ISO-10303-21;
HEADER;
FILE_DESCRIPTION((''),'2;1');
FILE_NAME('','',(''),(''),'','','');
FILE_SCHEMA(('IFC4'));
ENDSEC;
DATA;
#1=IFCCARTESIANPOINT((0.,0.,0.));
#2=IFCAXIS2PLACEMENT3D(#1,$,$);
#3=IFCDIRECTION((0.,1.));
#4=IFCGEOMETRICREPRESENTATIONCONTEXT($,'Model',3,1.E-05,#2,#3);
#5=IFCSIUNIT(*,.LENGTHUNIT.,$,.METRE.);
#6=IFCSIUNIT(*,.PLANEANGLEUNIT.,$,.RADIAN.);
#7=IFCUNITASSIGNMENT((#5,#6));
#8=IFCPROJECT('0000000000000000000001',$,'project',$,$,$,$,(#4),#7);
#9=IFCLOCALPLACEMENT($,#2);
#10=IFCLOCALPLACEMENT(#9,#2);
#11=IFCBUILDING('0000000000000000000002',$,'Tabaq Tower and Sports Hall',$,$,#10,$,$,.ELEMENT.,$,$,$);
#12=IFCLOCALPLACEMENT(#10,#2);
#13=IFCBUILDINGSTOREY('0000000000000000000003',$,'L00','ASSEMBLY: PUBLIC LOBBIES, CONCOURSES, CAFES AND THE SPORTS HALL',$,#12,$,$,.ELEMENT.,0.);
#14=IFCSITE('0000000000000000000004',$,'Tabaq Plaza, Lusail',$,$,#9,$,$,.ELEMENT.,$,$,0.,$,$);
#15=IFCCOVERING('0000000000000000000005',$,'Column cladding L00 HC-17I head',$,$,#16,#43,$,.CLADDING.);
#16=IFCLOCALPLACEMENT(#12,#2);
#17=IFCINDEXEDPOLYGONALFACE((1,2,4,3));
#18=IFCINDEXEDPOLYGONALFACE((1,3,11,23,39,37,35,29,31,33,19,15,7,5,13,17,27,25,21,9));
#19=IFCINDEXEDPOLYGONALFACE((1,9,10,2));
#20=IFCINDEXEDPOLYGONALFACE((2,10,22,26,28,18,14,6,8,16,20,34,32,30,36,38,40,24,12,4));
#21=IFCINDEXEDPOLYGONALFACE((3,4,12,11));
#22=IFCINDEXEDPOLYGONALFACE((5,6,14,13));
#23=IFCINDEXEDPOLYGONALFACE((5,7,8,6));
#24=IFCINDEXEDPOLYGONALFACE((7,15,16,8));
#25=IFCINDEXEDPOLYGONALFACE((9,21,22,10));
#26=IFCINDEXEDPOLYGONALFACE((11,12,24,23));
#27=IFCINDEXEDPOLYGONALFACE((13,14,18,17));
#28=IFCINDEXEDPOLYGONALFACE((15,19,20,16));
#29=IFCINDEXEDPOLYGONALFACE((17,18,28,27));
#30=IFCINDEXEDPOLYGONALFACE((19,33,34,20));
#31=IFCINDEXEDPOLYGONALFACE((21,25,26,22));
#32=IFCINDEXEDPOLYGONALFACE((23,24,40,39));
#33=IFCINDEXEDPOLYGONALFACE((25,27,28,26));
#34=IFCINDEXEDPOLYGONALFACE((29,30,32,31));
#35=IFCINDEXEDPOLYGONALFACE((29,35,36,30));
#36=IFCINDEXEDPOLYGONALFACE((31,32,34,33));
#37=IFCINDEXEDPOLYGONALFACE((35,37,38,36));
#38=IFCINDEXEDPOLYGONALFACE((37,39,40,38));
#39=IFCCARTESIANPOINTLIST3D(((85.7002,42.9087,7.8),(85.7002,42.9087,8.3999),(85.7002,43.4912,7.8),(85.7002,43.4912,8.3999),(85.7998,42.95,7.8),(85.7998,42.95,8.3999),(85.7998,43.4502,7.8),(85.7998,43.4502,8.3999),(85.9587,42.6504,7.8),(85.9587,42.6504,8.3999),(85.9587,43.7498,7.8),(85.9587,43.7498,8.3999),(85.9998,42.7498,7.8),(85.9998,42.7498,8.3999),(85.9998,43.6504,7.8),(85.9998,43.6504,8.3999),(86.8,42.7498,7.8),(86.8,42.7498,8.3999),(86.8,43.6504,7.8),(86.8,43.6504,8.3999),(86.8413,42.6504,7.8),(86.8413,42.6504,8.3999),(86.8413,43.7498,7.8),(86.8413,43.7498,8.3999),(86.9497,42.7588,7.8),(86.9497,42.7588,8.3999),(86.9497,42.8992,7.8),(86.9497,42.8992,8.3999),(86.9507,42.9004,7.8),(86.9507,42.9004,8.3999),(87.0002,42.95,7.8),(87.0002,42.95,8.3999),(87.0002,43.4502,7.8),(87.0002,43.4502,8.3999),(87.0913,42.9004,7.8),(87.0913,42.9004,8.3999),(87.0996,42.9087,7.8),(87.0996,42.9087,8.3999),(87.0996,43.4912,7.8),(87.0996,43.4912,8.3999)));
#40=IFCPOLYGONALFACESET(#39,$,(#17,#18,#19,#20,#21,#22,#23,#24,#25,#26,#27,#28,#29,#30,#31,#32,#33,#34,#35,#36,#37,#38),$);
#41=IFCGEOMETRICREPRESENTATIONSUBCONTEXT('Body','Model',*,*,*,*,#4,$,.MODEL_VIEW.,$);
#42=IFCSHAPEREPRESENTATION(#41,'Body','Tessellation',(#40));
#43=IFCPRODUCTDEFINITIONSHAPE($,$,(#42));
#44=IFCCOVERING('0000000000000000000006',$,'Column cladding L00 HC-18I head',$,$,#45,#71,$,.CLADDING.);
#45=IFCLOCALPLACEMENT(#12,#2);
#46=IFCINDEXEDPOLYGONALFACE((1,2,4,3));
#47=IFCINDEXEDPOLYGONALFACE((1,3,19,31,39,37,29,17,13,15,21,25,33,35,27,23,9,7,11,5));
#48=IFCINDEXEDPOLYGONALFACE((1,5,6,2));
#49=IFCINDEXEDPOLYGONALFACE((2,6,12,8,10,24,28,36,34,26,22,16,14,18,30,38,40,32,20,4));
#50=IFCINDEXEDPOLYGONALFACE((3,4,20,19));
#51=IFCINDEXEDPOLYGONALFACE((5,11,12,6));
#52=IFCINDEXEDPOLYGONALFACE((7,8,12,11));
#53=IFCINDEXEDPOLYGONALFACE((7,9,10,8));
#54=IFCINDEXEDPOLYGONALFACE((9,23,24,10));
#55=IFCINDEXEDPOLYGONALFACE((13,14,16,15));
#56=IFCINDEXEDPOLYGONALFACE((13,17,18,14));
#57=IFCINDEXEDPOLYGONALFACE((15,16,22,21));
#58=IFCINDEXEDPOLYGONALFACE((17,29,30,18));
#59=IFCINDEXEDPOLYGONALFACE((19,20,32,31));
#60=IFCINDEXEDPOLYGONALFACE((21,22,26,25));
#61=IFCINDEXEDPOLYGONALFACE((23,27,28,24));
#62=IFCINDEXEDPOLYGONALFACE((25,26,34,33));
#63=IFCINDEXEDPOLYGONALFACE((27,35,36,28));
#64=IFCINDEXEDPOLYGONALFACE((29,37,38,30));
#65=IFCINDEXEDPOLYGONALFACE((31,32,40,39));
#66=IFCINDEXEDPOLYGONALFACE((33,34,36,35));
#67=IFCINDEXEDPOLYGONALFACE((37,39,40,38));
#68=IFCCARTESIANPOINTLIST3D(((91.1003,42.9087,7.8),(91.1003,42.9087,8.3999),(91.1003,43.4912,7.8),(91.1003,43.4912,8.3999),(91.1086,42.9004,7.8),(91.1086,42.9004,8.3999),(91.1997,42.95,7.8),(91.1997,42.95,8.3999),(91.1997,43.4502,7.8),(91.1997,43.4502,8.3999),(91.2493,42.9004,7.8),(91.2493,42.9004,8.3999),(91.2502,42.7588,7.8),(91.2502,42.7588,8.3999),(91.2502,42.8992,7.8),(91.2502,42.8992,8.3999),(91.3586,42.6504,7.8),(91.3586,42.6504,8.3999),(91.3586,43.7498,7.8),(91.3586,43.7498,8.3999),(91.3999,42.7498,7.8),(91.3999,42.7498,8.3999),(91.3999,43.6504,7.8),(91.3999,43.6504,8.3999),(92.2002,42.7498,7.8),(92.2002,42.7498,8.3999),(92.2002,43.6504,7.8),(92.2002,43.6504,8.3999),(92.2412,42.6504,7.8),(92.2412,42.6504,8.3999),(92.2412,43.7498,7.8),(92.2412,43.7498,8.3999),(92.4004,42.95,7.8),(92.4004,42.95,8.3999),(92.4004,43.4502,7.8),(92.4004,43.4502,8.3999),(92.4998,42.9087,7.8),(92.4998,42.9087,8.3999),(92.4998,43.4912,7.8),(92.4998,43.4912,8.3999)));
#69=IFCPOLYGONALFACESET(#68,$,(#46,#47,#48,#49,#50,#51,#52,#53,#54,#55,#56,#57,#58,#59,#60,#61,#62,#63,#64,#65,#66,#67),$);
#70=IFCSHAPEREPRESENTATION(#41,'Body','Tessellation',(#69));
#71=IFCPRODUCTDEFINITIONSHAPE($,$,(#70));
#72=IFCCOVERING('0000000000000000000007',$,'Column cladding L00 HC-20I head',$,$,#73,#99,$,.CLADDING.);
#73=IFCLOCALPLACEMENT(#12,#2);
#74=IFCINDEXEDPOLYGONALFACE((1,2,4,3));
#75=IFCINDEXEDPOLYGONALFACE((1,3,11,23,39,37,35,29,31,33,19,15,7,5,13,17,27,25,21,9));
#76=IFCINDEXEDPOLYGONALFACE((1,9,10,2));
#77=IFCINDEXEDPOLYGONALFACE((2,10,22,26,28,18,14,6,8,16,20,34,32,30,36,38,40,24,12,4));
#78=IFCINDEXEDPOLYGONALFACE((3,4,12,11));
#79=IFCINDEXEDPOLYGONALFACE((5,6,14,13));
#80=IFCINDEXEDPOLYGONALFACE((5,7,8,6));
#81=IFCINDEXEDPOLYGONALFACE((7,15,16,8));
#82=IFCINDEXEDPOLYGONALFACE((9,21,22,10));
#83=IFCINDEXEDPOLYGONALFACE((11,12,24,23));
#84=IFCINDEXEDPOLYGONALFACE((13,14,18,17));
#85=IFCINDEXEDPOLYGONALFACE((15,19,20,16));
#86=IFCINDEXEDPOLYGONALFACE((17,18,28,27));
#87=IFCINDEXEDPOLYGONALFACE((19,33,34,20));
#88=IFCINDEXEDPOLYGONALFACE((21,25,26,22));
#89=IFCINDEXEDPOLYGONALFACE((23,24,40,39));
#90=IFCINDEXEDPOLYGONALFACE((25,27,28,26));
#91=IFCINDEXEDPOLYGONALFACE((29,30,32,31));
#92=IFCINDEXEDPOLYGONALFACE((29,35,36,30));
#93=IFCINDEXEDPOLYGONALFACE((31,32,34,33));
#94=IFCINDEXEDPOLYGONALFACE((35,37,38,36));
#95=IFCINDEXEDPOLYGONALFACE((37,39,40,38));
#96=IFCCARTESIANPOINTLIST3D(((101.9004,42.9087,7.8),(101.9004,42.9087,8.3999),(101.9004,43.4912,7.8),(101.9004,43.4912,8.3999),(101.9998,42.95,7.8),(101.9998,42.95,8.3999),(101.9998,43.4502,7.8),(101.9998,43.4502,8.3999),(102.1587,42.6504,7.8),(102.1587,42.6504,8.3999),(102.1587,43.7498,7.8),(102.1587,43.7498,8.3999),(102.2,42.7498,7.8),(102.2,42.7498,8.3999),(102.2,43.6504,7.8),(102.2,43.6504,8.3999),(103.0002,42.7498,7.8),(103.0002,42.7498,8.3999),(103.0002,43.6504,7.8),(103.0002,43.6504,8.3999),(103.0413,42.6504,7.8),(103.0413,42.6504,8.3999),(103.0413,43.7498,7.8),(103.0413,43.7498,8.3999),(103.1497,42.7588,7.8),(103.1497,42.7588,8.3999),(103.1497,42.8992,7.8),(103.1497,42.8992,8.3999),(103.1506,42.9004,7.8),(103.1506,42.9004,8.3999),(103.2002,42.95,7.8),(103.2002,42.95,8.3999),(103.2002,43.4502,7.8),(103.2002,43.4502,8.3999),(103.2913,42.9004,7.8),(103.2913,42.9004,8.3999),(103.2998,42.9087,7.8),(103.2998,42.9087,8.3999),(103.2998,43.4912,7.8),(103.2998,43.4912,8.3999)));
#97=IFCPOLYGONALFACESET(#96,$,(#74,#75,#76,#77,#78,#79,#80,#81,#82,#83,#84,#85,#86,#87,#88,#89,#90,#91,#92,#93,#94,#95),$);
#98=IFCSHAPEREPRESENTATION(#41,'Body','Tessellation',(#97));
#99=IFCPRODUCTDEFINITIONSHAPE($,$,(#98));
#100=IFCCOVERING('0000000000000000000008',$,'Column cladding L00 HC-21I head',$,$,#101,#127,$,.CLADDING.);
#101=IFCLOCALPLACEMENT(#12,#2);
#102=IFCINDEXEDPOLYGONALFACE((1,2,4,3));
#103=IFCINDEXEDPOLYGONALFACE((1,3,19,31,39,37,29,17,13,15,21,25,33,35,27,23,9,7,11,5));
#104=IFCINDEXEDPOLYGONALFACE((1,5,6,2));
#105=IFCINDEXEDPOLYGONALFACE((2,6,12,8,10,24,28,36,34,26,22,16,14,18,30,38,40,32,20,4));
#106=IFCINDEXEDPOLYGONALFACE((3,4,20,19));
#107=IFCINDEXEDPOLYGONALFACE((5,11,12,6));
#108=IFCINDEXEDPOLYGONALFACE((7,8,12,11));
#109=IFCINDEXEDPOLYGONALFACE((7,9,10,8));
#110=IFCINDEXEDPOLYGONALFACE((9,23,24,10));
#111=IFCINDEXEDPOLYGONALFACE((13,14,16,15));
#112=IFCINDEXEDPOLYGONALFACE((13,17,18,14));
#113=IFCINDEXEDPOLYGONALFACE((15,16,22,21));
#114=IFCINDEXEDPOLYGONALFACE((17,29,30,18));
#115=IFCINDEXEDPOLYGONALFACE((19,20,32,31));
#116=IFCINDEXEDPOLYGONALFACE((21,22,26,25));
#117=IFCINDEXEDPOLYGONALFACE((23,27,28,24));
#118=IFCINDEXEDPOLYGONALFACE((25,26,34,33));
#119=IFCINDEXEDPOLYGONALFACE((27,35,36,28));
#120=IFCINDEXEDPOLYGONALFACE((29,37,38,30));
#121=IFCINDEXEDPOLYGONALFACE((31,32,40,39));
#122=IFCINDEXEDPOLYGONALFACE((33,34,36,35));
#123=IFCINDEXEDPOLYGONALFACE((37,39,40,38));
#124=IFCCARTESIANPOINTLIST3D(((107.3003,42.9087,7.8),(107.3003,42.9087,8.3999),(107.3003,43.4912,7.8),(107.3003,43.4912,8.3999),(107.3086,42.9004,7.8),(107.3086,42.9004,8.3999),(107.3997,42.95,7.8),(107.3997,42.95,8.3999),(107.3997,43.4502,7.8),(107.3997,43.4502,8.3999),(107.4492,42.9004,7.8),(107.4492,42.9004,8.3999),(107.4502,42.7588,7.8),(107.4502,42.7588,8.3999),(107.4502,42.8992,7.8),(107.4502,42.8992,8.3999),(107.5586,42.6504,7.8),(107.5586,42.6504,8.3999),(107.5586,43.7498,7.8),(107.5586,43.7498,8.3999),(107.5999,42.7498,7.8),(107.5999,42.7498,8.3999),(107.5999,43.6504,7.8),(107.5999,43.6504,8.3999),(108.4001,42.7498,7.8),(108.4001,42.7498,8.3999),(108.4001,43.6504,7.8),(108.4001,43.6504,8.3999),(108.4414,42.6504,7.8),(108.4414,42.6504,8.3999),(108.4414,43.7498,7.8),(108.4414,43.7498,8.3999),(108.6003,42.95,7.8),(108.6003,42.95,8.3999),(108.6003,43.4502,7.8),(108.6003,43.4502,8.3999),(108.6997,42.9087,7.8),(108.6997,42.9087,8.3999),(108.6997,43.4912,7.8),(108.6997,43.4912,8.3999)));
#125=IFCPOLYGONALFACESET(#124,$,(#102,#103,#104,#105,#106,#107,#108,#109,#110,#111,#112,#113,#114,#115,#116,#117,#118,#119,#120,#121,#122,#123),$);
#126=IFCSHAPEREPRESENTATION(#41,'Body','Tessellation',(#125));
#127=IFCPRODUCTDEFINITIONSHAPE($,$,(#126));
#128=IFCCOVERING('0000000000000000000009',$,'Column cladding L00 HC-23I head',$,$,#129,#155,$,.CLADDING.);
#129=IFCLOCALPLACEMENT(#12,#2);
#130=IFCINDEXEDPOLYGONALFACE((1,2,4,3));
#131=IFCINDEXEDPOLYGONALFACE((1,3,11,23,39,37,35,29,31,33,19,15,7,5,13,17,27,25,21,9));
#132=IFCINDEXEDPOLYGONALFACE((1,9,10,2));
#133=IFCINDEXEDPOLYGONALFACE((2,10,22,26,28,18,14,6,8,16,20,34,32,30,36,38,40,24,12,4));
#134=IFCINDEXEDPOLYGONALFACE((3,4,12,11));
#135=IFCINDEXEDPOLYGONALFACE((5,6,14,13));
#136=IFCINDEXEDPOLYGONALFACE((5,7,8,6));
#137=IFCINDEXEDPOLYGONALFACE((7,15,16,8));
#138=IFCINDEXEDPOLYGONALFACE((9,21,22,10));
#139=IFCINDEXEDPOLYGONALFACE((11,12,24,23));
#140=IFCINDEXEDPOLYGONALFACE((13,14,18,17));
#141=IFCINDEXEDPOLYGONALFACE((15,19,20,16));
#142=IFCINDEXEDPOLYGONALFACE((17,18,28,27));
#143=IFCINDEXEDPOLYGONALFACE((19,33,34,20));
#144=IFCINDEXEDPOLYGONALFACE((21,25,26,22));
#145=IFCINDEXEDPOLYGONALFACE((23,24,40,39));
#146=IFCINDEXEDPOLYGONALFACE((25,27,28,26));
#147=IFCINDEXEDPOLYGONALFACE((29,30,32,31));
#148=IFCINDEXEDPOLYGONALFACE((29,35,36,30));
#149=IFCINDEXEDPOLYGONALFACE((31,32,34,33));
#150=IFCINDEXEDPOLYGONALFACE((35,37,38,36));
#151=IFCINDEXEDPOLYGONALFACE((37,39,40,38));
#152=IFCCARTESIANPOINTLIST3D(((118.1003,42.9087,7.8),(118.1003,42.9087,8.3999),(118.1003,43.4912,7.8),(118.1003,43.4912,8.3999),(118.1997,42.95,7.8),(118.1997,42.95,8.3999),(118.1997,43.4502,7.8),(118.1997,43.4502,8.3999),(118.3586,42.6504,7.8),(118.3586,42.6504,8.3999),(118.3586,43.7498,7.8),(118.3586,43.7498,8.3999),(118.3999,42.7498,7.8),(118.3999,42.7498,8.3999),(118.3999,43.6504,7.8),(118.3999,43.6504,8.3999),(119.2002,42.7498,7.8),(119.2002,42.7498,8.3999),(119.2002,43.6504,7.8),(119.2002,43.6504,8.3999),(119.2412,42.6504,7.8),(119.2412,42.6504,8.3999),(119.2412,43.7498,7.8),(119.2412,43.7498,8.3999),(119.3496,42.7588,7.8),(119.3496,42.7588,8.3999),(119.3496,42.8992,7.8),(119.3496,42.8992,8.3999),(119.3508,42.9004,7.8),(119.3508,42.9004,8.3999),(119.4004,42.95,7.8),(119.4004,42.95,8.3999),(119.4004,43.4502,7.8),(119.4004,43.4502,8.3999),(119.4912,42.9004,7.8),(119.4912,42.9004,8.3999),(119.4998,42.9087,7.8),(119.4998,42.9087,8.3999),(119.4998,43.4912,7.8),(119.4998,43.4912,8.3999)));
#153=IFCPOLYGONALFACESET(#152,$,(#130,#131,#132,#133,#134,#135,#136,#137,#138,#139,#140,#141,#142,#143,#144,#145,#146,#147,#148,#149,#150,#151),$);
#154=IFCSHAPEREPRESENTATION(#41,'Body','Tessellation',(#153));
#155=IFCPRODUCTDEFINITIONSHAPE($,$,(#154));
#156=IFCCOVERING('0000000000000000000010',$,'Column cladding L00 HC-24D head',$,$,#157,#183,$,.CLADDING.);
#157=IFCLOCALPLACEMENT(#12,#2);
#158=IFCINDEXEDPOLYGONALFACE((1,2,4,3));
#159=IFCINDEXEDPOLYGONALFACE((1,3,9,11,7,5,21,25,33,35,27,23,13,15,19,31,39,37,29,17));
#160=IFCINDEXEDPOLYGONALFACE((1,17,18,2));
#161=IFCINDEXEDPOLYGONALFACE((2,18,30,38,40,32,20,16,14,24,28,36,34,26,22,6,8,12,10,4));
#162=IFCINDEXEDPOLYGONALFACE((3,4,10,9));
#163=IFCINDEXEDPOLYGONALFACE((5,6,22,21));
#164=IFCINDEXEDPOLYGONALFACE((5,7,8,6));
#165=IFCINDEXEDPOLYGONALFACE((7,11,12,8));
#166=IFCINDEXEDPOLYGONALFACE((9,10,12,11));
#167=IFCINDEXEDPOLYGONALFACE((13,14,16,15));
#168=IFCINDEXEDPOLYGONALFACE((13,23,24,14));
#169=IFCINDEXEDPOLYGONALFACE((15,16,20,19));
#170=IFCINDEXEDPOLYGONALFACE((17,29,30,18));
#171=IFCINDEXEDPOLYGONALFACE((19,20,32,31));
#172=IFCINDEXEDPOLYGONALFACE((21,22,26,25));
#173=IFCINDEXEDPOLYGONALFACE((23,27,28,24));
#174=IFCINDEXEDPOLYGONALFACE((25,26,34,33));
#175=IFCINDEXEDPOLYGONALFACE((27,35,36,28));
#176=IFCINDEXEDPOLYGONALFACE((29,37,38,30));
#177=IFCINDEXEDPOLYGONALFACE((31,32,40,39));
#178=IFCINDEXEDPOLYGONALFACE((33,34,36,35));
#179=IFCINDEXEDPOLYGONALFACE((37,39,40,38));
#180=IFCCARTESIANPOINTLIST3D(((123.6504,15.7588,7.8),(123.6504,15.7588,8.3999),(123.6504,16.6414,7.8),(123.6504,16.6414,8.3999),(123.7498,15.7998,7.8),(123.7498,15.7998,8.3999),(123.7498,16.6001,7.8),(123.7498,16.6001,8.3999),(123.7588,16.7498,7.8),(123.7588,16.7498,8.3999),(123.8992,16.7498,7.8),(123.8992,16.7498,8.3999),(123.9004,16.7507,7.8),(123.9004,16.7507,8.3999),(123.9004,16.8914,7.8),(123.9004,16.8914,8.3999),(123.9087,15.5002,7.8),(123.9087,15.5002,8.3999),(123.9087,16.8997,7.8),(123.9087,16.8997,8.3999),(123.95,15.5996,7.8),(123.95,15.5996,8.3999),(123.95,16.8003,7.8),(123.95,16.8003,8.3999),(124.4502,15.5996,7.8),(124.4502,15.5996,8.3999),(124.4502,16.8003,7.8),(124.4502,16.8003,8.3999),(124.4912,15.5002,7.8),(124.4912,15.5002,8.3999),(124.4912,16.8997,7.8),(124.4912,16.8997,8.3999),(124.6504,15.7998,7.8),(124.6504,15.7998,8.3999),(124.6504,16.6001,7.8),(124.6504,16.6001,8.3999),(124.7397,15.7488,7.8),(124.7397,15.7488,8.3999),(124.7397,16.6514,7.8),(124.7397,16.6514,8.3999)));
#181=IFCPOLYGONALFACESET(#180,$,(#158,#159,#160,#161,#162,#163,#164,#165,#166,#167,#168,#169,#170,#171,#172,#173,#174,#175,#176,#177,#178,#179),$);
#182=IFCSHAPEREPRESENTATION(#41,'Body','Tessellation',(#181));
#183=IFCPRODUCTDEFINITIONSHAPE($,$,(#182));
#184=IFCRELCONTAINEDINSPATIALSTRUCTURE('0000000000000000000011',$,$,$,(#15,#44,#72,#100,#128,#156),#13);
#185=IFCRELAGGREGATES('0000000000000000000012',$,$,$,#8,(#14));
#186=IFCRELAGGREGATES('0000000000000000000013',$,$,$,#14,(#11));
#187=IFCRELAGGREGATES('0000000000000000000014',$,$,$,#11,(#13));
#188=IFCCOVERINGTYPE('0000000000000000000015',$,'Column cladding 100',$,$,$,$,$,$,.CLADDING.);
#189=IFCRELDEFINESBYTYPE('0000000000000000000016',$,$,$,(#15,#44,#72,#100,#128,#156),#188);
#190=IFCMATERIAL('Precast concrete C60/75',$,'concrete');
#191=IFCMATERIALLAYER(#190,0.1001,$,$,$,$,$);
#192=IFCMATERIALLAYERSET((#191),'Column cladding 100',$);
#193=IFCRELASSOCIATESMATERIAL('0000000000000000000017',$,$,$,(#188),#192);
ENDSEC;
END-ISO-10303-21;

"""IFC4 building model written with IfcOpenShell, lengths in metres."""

from ifc_helpers import new_model, si_unit, direction, frame, origin, place, context, subcontext, project, spatial, polyline, outline, extrude, material, layer, layer_set, type_object, element, save


model = new_model("IFC4")

# Units and contexts
model_context = context("Model", 3, precision=1e-05, world=origin(), true_north=direction((0.0, 1.0)))
body_context = subcontext(model_context, "Body", "Model", "MODEL_VIEW")
ifc_project = project(units=[si_unit("LENGTHUNIT", "METRE"), si_unit("PLANEANGLEUNIT", "RADIAN")], contexts=[model_context])

# Site, building, storey
site_placement = place(None, origin())
site = spatial("IfcSite", under=ifc_project, at=site_placement, Name="Tabaq Plaza, Lusail", CompositionType="ELEMENT", RefElevation=0.0)
building_placement = place(site_placement, origin())
building = spatial("IfcBuilding", under=site, at=building_placement, Name="Tabaq Tower and Sports Hall", CompositionType="ELEMENT")
storey_placement = place(building_placement, origin())
storey = spatial("IfcBuildingStorey", under=building, at=storey_placement, Name="L00", Description="ASSEMBLY: PUBLIC LOBBIES, CONCOURSES, CAFES AND THE SPORTS HALL", CompositionType="ELEMENT", Elevation=0.0)

# Coverings
ifc_material = material(Name="Precast concrete C60/75", Category="concrete")
ifc_layer = layer(ifc_material, 0.1001)
ifc_layer_set = layer_set([ifc_layer], Name="Column cladding 100")
covering_type = type_object("IfcCoveringType", Name="Column cladding 100", PredefinedType="CLADDING", material=ifc_layer_set)
covering_1_placement = place(storey_placement, frame((0.0, 0.0, 7.8)))
element("IfcCovering", 1, at=covering_1_placement, inside=storey, type_object=covering_type, Name="Column cladding L00 HC-17I head", PredefinedType="CLADDING", context=body_context, shape_type="SweptSolid", body=[
    extrude(outline(polyline([(85.7002, 43.4912), (85.9587, 43.7498), (86.8413, 43.7498), (87.0996, 43.4912), (87.0996, 42.9087), (87.0913, 42.9004), (86.9507, 42.9004), (87.0002, 42.95), (87.0002, 43.4502), (86.8, 43.6504), (85.9998, 43.6504), (85.7998, 43.4502), (85.7998, 42.95), (85.9998, 42.7498), (86.8, 42.7498), (86.9497, 42.8992), (86.9497, 42.7588), (86.8413, 42.6504), (85.9587, 42.6504), (85.7002, 42.9087), (85.7002, 43.4912)])), origin(), (0.0, 0.0, 1.0), 0.5999),
])
covering_2_placement = place(storey_placement, frame((0.0, 0.0, 7.8)))
element("IfcCovering", 2, at=covering_2_placement, inside=storey, type_object=covering_type, Name="Column cladding L00 HC-18I head", PredefinedType="CLADDING", context=body_context, shape_type="SweptSolid", body=[
    extrude(outline(polyline([(91.1003, 43.4912), (91.3586, 43.7498), (92.2412, 43.7498), (92.4998, 43.4912), (92.4998, 42.9087), (92.2412, 42.6504), (91.3586, 42.6504), (91.2502, 42.7588), (91.2502, 42.8992), (91.3999, 42.7498), (92.2002, 42.7498), (92.4004, 42.95), (92.4004, 43.4502), (92.2002, 43.6504), (91.3999, 43.6504), (91.1997, 43.4502), (91.1997, 42.95), (91.2493, 42.9004), (91.1086, 42.9004), (91.1003, 42.9087), (91.1003, 43.4912)])), origin(), (0.0, 0.0, 1.0), 0.5999),
])
covering_3_placement = place(storey_placement, frame((0.0, 0.0, 7.8)))
element("IfcCovering", 3, at=covering_3_placement, inside=storey, type_object=covering_type, Name="Column cladding L00 HC-20I head", PredefinedType="CLADDING", context=body_context, shape_type="SweptSolid", body=[
    extrude(outline(polyline([(101.9004, 43.4912), (102.1587, 43.7498), (103.0413, 43.7498), (103.2998, 43.4912), (103.2998, 42.9087), (103.2913, 42.9004), (103.1506, 42.9004), (103.2002, 42.95), (103.2002, 43.4502), (103.0002, 43.6504), (102.2, 43.6504), (101.9998, 43.4502), (101.9998, 42.95), (102.2, 42.7498), (103.0002, 42.7498), (103.1497, 42.8992), (103.1497, 42.7588), (103.0413, 42.6504), (102.1587, 42.6504), (101.9004, 42.9087), (101.9004, 43.4912)])), origin(), (0.0, 0.0, 1.0), 0.5999),
])
covering_4_placement = place(storey_placement, frame((0.0, 0.0, 7.8)))
element("IfcCovering", 4, at=covering_4_placement, inside=storey, type_object=covering_type, Name="Column cladding L00 HC-21I head", PredefinedType="CLADDING", context=body_context, shape_type="SweptSolid", body=[
    extrude(outline(polyline([(107.3003, 43.4912), (107.5586, 43.7498), (108.4414, 43.7498), (108.6997, 43.4912), (108.6997, 42.9087), (108.4414, 42.6504), (107.5586, 42.6504), (107.4502, 42.7588), (107.4502, 42.8992), (107.5999, 42.7498), (108.4001, 42.7498), (108.6003, 42.95), (108.6003, 43.4502), (108.4001, 43.6504), (107.5999, 43.6504), (107.3997, 43.4502), (107.3997, 42.95), (107.4492, 42.9004), (107.3086, 42.9004), (107.3003, 42.9087), (107.3003, 43.4912)])), origin(), (0.0, 0.0, 1.0), 0.5999),
])
covering_5_placement = place(storey_placement, frame((0.0, 0.0, 7.8)))
element("IfcCovering", 5, at=covering_5_placement, inside=storey, type_object=covering_type, Name="Column cladding L00 HC-23I head", PredefinedType="CLADDING", context=body_context, shape_type="SweptSolid", body=[
    extrude(outline(polyline([(118.1003, 43.4912), (118.3586, 43.7498), (119.2412, 43.7498), (119.4998, 43.4912), (119.4998, 42.9087), (119.4912, 42.9004), (119.3508, 42.9004), (119.4004, 42.95), (119.4004, 43.4502), (119.2002, 43.6504), (118.3999, 43.6504), (118.1997, 43.4502), (118.1997, 42.95), (118.3999, 42.7498), (119.2002, 42.7498), (119.3496, 42.8992), (119.3496, 42.7588), (119.2412, 42.6504), (118.3586, 42.6504), (118.1003, 42.9087), (118.1003, 43.4912)])), origin(), (0.0, 0.0, 1.0), 0.5999),
])
covering_6_placement = place(storey_placement, frame((0.0, 0.0, 7.8)))
element("IfcCovering", 6, at=covering_6_placement, inside=storey, type_object=covering_type, Name="Column cladding L00 HC-24D head", PredefinedType="CLADDING", context=body_context, shape_type="SweptSolid", body=[
    extrude(outline(polyline([(123.6504, 15.7588), (123.6504, 16.6414), (123.7588, 16.7498), (123.8992, 16.7498), (123.7498, 16.6001), (123.7498, 15.7998), (123.95, 15.5996), (124.4502, 15.5996), (124.6504, 15.7998), (124.6504, 16.6001), (124.4502, 16.8003), (123.95, 16.8003), (123.9004, 16.7507), (123.9004, 16.8914), (123.9087, 16.8997), (124.4912, 16.8997), (124.7397, 16.6514), (124.7397, 15.7488), (124.4912, 15.5002), (123.9087, 15.5002), (123.6504, 15.7588)])), origin(), (0.0, 0.0, 1.0), 0.5999),
])

save(model, "model.ifc")
